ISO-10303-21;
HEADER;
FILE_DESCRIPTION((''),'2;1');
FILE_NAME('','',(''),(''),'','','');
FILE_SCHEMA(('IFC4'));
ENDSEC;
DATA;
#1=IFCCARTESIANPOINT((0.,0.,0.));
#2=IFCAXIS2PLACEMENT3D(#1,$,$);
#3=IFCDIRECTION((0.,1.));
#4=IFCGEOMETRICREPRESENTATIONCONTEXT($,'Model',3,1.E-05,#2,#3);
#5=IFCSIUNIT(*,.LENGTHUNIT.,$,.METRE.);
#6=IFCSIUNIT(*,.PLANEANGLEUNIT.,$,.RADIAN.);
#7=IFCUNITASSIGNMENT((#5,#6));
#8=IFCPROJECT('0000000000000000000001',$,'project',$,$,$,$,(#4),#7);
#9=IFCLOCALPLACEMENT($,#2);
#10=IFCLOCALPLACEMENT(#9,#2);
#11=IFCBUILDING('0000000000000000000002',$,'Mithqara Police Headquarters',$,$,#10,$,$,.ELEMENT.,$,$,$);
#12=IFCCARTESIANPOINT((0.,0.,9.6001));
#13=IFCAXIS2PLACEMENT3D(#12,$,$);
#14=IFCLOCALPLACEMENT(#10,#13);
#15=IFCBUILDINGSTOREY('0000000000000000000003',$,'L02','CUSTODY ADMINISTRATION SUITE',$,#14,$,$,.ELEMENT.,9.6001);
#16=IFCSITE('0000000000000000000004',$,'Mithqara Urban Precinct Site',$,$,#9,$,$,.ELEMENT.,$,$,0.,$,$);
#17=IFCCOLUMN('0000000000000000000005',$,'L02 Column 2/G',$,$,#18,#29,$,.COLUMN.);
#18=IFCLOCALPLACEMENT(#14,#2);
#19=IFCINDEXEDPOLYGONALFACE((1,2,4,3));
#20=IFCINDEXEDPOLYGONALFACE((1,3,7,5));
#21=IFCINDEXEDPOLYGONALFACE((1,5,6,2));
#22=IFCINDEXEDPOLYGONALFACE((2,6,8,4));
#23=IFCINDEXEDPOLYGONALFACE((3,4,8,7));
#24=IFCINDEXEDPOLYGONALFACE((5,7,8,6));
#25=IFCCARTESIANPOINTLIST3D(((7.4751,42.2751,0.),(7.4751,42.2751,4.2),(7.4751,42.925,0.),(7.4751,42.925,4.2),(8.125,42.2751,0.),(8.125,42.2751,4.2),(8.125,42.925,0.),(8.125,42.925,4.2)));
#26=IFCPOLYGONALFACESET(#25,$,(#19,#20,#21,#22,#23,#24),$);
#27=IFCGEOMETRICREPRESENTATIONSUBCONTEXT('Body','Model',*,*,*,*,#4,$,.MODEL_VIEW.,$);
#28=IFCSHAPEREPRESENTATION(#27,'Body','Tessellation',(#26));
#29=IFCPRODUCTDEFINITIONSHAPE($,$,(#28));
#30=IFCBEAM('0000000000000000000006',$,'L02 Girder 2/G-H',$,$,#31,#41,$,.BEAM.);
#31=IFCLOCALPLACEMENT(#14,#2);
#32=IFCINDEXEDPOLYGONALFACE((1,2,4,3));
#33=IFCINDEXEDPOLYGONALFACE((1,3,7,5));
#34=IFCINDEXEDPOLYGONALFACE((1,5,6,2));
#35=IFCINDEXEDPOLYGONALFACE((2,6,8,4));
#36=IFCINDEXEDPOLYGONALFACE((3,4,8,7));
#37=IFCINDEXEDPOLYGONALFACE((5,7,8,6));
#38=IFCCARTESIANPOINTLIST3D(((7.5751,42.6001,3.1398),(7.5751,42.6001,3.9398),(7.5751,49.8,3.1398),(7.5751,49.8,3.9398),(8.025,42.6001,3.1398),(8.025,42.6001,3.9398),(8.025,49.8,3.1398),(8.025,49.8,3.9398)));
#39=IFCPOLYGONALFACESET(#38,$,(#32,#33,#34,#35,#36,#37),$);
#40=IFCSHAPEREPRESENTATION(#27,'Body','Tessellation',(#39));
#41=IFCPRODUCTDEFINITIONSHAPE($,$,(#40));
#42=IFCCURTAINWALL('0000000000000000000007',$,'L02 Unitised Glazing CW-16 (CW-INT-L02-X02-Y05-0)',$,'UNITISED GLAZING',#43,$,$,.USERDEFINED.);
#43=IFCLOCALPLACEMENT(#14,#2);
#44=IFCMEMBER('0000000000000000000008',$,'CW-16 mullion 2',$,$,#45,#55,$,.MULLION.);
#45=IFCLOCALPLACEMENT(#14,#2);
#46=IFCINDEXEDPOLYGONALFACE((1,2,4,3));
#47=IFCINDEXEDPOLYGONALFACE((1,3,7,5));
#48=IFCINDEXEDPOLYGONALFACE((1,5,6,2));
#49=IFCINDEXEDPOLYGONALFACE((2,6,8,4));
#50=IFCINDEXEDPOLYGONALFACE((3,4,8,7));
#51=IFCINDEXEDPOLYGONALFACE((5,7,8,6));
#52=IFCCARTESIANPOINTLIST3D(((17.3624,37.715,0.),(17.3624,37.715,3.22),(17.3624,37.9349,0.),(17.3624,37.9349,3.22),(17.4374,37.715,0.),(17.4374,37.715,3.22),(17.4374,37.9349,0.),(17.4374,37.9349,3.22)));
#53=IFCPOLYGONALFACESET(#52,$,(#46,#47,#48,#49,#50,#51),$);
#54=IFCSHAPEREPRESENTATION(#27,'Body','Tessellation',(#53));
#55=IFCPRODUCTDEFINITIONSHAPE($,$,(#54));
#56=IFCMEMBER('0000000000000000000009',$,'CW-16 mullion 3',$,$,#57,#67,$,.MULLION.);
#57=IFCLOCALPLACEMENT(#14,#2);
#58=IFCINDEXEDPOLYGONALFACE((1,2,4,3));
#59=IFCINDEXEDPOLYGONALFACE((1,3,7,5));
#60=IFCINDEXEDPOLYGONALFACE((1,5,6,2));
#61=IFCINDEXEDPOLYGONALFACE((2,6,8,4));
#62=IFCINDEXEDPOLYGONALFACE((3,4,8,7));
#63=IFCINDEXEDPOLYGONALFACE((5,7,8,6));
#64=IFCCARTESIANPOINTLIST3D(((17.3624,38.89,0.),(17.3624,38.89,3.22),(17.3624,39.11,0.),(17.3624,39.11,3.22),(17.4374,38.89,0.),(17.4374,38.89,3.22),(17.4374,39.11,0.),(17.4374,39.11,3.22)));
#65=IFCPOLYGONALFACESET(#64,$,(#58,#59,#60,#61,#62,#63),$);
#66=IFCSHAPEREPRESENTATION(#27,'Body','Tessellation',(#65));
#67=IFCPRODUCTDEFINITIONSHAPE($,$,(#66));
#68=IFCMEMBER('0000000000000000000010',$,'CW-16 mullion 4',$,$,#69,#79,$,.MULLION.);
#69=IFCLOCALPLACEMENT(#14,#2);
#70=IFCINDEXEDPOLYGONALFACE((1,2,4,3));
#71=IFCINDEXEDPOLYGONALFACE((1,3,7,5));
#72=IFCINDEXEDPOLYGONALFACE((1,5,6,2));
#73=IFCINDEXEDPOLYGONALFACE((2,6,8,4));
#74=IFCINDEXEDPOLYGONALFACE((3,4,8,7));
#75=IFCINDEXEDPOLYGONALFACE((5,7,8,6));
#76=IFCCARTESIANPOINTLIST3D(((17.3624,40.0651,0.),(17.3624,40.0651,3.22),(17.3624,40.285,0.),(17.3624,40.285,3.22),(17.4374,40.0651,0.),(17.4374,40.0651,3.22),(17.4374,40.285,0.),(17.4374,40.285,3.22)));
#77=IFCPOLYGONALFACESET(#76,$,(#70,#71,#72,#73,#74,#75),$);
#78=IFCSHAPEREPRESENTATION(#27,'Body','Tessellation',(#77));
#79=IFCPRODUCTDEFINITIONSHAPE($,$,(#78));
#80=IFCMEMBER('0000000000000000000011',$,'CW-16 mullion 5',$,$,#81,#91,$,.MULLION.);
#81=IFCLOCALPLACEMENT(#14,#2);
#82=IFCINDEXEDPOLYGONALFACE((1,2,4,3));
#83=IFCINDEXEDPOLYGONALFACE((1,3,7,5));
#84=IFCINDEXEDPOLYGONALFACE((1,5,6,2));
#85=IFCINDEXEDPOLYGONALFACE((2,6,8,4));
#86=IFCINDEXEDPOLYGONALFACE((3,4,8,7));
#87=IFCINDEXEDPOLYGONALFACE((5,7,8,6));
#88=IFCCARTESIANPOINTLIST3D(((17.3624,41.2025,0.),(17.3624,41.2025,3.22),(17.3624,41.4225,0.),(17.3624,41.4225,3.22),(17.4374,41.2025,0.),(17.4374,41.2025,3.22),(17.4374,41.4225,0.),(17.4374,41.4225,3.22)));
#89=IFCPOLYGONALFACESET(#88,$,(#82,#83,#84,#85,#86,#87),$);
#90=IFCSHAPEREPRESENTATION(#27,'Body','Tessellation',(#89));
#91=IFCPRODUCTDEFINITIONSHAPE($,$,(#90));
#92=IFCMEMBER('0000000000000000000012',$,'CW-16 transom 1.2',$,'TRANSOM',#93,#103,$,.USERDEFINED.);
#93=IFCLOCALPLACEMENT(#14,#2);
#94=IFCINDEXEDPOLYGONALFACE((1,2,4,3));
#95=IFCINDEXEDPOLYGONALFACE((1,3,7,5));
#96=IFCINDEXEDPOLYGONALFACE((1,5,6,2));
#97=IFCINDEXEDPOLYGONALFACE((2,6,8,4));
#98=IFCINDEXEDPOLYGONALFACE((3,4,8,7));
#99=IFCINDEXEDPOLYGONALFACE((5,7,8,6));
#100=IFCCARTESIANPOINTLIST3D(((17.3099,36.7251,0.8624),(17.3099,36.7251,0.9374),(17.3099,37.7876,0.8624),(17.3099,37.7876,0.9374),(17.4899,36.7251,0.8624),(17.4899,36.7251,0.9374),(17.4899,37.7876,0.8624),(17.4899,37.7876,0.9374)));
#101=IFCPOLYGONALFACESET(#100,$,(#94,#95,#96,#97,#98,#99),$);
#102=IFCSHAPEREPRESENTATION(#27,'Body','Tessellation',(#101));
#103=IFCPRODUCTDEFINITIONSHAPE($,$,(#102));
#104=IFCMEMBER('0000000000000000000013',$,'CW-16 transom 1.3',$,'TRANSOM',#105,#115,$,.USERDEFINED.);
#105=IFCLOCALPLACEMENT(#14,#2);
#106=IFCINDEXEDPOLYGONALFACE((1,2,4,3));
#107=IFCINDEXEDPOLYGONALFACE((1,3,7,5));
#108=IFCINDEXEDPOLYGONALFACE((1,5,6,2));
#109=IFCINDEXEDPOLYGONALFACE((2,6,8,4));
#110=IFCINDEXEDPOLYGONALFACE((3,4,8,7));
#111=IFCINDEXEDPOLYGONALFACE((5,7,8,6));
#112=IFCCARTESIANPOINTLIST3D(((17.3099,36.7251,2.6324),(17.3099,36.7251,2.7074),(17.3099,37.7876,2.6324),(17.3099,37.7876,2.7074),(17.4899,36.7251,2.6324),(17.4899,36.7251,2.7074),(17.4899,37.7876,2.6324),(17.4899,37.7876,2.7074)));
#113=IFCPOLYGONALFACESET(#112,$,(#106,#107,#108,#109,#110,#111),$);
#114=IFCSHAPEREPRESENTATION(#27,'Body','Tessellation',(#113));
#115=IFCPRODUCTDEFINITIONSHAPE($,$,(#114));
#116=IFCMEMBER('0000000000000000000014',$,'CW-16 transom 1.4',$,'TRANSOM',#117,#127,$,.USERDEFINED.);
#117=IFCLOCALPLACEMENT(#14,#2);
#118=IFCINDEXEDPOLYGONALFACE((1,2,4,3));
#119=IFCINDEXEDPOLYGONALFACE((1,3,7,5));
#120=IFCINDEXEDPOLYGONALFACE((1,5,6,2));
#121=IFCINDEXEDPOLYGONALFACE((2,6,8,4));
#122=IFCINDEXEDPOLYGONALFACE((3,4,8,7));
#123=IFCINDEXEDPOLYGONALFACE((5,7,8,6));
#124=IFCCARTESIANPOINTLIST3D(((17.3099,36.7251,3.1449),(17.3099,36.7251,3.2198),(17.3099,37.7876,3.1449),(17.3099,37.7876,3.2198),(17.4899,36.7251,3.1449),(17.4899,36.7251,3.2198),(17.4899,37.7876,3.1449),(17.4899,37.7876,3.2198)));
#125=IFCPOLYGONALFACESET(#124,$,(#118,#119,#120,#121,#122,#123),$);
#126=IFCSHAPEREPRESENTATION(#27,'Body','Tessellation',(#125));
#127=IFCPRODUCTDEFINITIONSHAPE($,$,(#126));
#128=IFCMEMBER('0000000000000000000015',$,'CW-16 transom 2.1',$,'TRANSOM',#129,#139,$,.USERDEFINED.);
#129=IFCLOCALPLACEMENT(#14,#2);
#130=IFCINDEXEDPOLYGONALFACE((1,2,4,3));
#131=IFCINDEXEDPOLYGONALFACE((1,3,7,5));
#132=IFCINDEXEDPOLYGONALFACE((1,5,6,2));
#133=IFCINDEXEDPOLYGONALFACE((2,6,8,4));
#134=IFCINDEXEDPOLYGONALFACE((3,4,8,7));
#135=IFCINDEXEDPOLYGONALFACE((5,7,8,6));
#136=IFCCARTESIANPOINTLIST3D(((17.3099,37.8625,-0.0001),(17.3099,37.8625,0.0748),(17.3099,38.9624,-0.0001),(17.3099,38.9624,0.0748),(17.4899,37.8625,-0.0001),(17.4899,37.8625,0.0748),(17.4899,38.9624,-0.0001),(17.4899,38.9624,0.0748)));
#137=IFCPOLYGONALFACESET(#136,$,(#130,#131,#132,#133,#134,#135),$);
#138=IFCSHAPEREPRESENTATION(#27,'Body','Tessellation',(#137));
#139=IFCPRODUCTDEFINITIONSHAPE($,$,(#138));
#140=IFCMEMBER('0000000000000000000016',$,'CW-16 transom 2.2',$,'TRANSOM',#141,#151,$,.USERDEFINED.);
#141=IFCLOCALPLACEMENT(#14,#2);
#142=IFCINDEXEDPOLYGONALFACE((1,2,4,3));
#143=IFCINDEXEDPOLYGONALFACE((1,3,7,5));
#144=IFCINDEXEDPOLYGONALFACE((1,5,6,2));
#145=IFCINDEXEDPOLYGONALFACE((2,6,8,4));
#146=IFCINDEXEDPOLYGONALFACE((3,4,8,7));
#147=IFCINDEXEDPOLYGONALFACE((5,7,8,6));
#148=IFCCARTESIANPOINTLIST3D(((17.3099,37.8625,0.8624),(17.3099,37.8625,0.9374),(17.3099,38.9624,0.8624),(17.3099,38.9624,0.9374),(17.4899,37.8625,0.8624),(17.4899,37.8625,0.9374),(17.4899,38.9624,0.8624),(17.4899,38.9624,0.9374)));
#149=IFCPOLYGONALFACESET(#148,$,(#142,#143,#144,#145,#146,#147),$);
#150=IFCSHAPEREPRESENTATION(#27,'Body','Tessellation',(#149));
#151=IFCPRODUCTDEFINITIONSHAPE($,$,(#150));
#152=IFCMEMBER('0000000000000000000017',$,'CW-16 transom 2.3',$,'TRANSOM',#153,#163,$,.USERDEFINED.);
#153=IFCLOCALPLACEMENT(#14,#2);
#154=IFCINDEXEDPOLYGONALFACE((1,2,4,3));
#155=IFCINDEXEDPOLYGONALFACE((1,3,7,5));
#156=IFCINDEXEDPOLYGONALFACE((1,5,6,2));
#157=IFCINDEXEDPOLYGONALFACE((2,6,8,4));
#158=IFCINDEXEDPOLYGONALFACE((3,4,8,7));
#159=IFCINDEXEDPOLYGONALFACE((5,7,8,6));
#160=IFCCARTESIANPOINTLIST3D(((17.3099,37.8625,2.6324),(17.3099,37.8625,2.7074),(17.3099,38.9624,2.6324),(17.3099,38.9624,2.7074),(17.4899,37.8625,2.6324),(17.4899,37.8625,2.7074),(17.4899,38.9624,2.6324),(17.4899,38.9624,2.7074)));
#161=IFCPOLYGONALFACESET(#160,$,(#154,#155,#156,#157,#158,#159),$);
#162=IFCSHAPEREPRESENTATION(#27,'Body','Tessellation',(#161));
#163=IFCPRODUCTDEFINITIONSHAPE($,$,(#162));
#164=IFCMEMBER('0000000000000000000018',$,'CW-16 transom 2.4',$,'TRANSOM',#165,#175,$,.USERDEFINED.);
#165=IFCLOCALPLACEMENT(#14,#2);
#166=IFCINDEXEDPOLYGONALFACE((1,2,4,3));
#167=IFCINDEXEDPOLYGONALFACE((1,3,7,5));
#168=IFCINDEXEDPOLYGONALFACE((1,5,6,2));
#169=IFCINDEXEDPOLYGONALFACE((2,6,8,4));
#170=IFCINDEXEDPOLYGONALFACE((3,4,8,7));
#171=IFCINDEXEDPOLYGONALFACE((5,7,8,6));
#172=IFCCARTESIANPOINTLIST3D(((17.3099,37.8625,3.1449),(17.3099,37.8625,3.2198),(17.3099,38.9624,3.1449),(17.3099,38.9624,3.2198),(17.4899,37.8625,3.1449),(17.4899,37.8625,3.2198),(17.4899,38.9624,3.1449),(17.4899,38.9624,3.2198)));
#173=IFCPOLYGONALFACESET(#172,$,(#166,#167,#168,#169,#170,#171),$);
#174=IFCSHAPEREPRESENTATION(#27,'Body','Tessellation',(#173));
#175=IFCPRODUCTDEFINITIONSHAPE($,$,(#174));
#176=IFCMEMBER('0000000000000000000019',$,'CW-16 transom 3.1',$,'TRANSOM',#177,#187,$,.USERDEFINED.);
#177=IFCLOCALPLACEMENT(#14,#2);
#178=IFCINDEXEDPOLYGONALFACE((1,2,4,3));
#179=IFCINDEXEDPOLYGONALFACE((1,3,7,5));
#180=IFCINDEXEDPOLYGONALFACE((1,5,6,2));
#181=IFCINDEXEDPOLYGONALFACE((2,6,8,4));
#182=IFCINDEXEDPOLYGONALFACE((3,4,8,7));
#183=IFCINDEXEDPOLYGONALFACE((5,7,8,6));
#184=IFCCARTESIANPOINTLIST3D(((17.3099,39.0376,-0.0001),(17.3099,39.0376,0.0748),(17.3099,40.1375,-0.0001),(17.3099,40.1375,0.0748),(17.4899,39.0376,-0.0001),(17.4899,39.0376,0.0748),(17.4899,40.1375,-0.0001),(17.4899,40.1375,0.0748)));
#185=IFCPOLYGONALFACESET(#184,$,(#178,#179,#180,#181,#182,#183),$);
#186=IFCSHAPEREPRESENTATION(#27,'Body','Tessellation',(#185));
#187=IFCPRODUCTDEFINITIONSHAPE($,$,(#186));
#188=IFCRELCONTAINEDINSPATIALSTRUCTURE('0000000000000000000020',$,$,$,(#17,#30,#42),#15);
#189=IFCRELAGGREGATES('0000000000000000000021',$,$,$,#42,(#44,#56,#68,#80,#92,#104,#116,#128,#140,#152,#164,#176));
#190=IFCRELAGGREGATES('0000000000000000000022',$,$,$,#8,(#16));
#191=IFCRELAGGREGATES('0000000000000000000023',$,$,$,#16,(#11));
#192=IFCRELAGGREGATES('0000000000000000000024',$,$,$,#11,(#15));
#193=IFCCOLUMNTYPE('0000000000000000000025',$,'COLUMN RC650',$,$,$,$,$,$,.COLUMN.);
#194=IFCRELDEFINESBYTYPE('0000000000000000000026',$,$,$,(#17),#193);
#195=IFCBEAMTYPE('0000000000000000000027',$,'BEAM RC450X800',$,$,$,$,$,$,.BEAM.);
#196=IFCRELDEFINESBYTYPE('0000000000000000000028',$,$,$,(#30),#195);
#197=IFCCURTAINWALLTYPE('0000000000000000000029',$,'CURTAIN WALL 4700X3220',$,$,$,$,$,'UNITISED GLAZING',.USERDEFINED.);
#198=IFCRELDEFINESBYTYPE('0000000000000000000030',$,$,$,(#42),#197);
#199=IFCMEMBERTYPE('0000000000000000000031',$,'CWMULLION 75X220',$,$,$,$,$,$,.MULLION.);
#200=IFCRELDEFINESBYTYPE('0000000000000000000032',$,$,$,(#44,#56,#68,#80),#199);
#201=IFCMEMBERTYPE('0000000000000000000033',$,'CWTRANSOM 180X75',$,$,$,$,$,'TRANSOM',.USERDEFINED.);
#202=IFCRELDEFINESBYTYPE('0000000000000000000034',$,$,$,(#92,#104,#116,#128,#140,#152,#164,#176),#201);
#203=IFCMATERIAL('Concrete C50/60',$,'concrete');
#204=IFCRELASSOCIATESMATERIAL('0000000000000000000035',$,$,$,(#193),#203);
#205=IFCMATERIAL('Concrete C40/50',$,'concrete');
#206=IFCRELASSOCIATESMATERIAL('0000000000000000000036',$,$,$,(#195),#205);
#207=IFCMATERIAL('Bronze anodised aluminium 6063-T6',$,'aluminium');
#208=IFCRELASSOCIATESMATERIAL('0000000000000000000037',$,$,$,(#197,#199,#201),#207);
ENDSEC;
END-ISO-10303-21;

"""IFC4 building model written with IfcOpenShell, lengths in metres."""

from ifc_helpers import new_model, si_unit, direction, frame, origin, origin_2d, place, context, subcontext, project, spatial, rectangle, extrude, material, material_profile, profile_set, type_object, element, aggregate, save


model = new_model("IFC4")

# Units and contexts
model_context = context("Model", 3, precision=1e-05, world=origin(), true_north=direction((0.0, 1.0)))
body_context = subcontext(model_context, "Body", "Model", "MODEL_VIEW")
ifc_project = project(units=[si_unit("LENGTHUNIT", "METRE"), si_unit("PLANEANGLEUNIT", "RADIAN")], contexts=[model_context])

# Site, building, storey
site_placement = place(None, origin())
site = spatial("IfcSite", under=ifc_project, at=site_placement, Name="Mithqara Urban Precinct Site", CompositionType="ELEMENT", RefElevation=0.0)
building_placement = place(site_placement, origin())
building = spatial("IfcBuilding", under=site, at=building_placement, Name="Mithqara Police Headquarters", CompositionType="ELEMENT")
storey_placement = place(building_placement, frame((0.0, 0.0, 9.6001)))
storey = spatial("IfcBuildingStorey", under=building, at=storey_placement, Name="L02", Description="CUSTODY ADMINISTRATION SUITE", CompositionType="ELEMENT", Elevation=9.6001)

# Column
ifc_material_1 = material(Name="Concrete C50/60", Category="concrete")
ifc_material_profile_1 = material_profile(ifc_material_1, rectangle(XDim=0.6499, YDim=0.6499, at=origin_2d()), Name="RC 650x650")
ifc_profile_set_1 = profile_set([ifc_material_profile_1], Name="Concrete C50/60")
column_type = type_object("IfcColumnType", Name="COLUMN RC650", PredefinedType="COLUMN", material=ifc_profile_set_1)
column_placement = place(storey_placement, frame((7.8, 42.6001, 0.0), z_axis=(0.0, 0.0, 1.0), x_axis=(1.0, 0.0, 0.0)))
element("IfcColumn", 1, at=column_placement, inside=storey, type_object=column_type, Name="L02 Column 2/G", PredefinedType="COLUMN", context=body_context, shape_type="SweptSolid", body=[
    extrude(rectangle(XDim=0.6499, YDim=0.6499, at=origin_2d()), origin(), (0.0, 0.0, 1.0), 4.2),
])

# Beam
ifc_material_2 = material(Name="Concrete C40/50", Category="concrete")
ifc_material_profile_2 = material_profile(ifc_material_2, rectangle(XDim=0.45, YDim=0.8, at=origin_2d()), Name="RC 450x800")
ifc_profile_set_2 = profile_set([ifc_material_profile_2], Name="Concrete C40/50")
beam_type_1 = type_object("IfcBeamType", Name="BEAM RC450X800", PredefinedType="BEAM", material=ifc_profile_set_2)
beam_1_placement = place(storey_placement, frame((7.8, 42.6001, 3.5398), z_axis=(0.0, 1.0, 0.0), x_axis=(-1.0, 0.0, 0.0)))
element("IfcBeam", 2, at=beam_1_placement, inside=storey, type_object=beam_type_1, Name="L02 Girder 2/G-H", PredefinedType="BEAM", context=body_context, shape_type="SweptSolid", body=[
    extrude(rectangle(XDim=0.45, YDim=0.8, at=origin_2d()), origin(), (0.0, 0.0, 1.0), 7.2),
])

# Curtain wall, members
ifc_material_3 = material(Name="Bronze anodised aluminium 6063-T6", Category="aluminium")
curtain_wall_type = type_object("IfcCurtainWallType", Name="CURTAIN WALL 4700X3220", ElementType="UNITISED GLAZING", PredefinedType="USERDEFINED", material=ifc_material_3)
curtain_wall_placement = place(storey_placement, origin())
curtain_wall = element("IfcCurtainWall", 3, at=curtain_wall_placement, inside=storey, type_object=curtain_wall_type, Name="L02 Unitised Glazing CW-16 (CW-INT-L02-X02-Y05-0)", ObjectType="UNITISED GLAZING", PredefinedType="USERDEFINED")
ifc_material_profile_3 = material_profile(ifc_material_3, rectangle(XDim=0.075, YDim=0.22, at=origin_2d()), Name="CWM 75x220")
ifc_profile_set_3 = profile_set([ifc_material_profile_3], Name="Bronze anodised aluminium 6063-T6")
member_type_1 = type_object("IfcMemberType", Name="CWMULLION 75X220", PredefinedType="MULLION", material=ifc_profile_set_3)
member_1_placement = place(storey_placement, frame((17.3999, 37.825, 0.0), z_axis=(0.0, 0.0, 1.0), x_axis=(-1.0, 0.0, 0.0)))
member_1 = element("IfcMember", 4, at=member_1_placement, type_object=member_type_1, Name="CW-16 mullion 2", PredefinedType="MULLION", context=body_context, shape_type="SweptSolid", body=[
    extrude(rectangle(XDim=0.075, YDim=0.22, at=origin_2d()), origin(), (0.0, 0.0, 1.0), 3.22),
])
member_2_placement = place(storey_placement, frame((17.3999, 39.0, 0.0), z_axis=(0.0, 0.0, 1.0), x_axis=(-1.0, 0.0, 0.0)))
member_2 = element("IfcMember", 5, at=member_2_placement, type_object=member_type_1, Name="CW-16 mullion 3", PredefinedType="MULLION", context=body_context, shape_type="SweptSolid", body=[
    extrude(rectangle(XDim=0.075, YDim=0.22, at=origin_2d()), origin(), (0.0, 0.0, 1.0), 3.22),
])
member_3_placement = place(storey_placement, frame((17.3999, 40.175, 0.0), z_axis=(0.0, 0.0, 1.0), x_axis=(-1.0, 0.0, 0.0)))
member_3 = element("IfcMember", 6, at=member_3_placement, type_object=member_type_1, Name="CW-16 mullion 4", PredefinedType="MULLION", context=body_context, shape_type="SweptSolid", body=[
    extrude(rectangle(XDim=0.075, YDim=0.22, at=origin_2d()), origin(), (0.0, 0.0, 1.0), 3.22),
])
member_4_placement = place(storey_placement, frame((17.3999, 41.3125, 0.0), z_axis=(0.0, 0.0, 1.0), x_axis=(-1.0, 0.0, 0.0)))
member_4 = element("IfcMember", 7, at=member_4_placement, type_object=member_type_1, Name="CW-16 mullion 5", PredefinedType="MULLION", context=body_context, shape_type="SweptSolid", body=[
    extrude(rectangle(XDim=0.075, YDim=0.22, at=origin_2d()), origin(), (0.0, 0.0, 1.0), 3.22),
])
ifc_material_profile_4 = material_profile(ifc_material_3, rectangle(XDim=0.1799, YDim=0.075, at=origin_2d()), Name="CWT 180x75")
ifc_profile_set_4 = profile_set([ifc_material_profile_4], Name="Bronze anodised aluminium 6063-T6")
member_type_2 = type_object("IfcMemberType", Name="CWTRANSOM 180X75", ElementType="TRANSOM", PredefinedType="USERDEFINED", material=ifc_profile_set_4)
member_5_placement = place(storey_placement, frame((17.3999, 36.7251, 0.8999), z_axis=(0.0, 1.0, 0.0), x_axis=(-1.0, 0.0, 0.0)))
member_5 = element("IfcMember", 8, at=member_5_placement, type_object=member_type_2, Name="CW-16 transom 1.2", ObjectType="TRANSOM", PredefinedType="USERDEFINED", context=body_context, shape_type="SweptSolid", body=[
    extrude(rectangle(XDim=0.1799, YDim=0.075, at=origin_2d()), origin(), (0.0, 0.0, 1.0), 1.0625),
])
member_6_placement = place(storey_placement, frame((17.3999, 36.7251, 2.6699), z_axis=(0.0, 1.0, 0.0), x_axis=(-1.0, 0.0, 0.0)))
member_6 = element("IfcMember", 9, at=member_6_placement, type_object=member_type_2, Name="CW-16 transom 1.3", ObjectType="TRANSOM", PredefinedType="USERDEFINED", context=body_context, shape_type="SweptSolid", body=[
    extrude(rectangle(XDim=0.1799, YDim=0.075, at=origin_2d()), origin(), (0.0, 0.0, 1.0), 1.0625),
])
member_7_placement = place(storey_placement, frame((17.3999, 36.7251, 3.1824), z_axis=(0.0, 1.0, 0.0), x_axis=(-1.0, 0.0, 0.0)))
member_7 = element("IfcMember", 10, at=member_7_placement, type_object=member_type_2, Name="CW-16 transom 1.4", ObjectType="TRANSOM", PredefinedType="USERDEFINED", context=body_context, shape_type="SweptSolid", body=[
    extrude(rectangle(XDim=0.1799, YDim=0.075, at=origin_2d()), origin(), (0.0, 0.0, 1.0), 1.0625),
])
member_8_placement = place(storey_placement, frame((17.3999, 37.8625, 0.0374), z_axis=(0.0, 1.0, 0.0), x_axis=(-1.0, 0.0, 0.0)))
member_8 = element("IfcMember", 11, at=member_8_placement, type_object=member_type_2, Name="CW-16 transom 2.1", ObjectType="TRANSOM", PredefinedType="USERDEFINED", context=body_context, shape_type="SweptSolid", body=[
    extrude(rectangle(XDim=0.1799, YDim=0.075, at=origin_2d()), origin(), (0.0, 0.0, 1.0), 1.0999),
])
member_9_placement = place(storey_placement, frame((17.3999, 37.8625, 0.8999), z_axis=(0.0, 1.0, 0.0), x_axis=(-1.0, 0.0, 0.0)))
member_9 = element("IfcMember", 12, at=member_9_placement, type_object=member_type_2, Name="CW-16 transom 2.2", ObjectType="TRANSOM", PredefinedType="USERDEFINED", context=body_context, shape_type="SweptSolid", body=[
    extrude(rectangle(XDim=0.1799, YDim=0.075, at=origin_2d()), origin(), (0.0, 0.0, 1.0), 1.0999),
])
member_10_placement = place(storey_placement, frame((17.3999, 37.8625, 2.6699), z_axis=(0.0, 1.0, 0.0), x_axis=(-1.0, 0.0, 0.0)))
member_10 = element("IfcMember", 13, at=member_10_placement, type_object=member_type_2, Name="CW-16 transom 2.3", ObjectType="TRANSOM", PredefinedType="USERDEFINED", context=body_context, shape_type="SweptSolid", body=[
    extrude(rectangle(XDim=0.1799, YDim=0.075, at=origin_2d()), origin(), (0.0, 0.0, 1.0), 1.0999),
])
member_11_placement = place(storey_placement, frame((17.3999, 37.8625, 3.1824), z_axis=(0.0, 1.0, 0.0), x_axis=(-1.0, 0.0, 0.0)))
member_11 = element("IfcMember", 14, at=member_11_placement, type_object=member_type_2, Name="CW-16 transom 2.4", ObjectType="TRANSOM", PredefinedType="USERDEFINED", context=body_context, shape_type="SweptSolid", body=[
    extrude(rectangle(XDim=0.1799, YDim=0.075, at=origin_2d()), origin(), (0.0, 0.0, 1.0), 1.0999),
])
member_12_placement = place(storey_placement, frame((17.3999, 39.0376, 0.0374), z_axis=(0.0, 1.0, 0.0), x_axis=(-1.0, 0.0, 0.0)))
member_12 = element("IfcMember", 15, at=member_12_placement, type_object=member_type_2, Name="CW-16 transom 3.1", ObjectType="TRANSOM", PredefinedType="USERDEFINED", context=body_context, shape_type="SweptSolid", body=[
    extrude(rectangle(XDim=0.1799, YDim=0.075, at=origin_2d()), origin(), (0.0, 0.0, 1.0), 1.0999),
])

aggregate(curtain_wall, [member_1, member_2, member_3, member_4, member_5, member_6, member_7, member_8, member_9, member_10, member_11, member_12])

save(model, "model.ifc")
